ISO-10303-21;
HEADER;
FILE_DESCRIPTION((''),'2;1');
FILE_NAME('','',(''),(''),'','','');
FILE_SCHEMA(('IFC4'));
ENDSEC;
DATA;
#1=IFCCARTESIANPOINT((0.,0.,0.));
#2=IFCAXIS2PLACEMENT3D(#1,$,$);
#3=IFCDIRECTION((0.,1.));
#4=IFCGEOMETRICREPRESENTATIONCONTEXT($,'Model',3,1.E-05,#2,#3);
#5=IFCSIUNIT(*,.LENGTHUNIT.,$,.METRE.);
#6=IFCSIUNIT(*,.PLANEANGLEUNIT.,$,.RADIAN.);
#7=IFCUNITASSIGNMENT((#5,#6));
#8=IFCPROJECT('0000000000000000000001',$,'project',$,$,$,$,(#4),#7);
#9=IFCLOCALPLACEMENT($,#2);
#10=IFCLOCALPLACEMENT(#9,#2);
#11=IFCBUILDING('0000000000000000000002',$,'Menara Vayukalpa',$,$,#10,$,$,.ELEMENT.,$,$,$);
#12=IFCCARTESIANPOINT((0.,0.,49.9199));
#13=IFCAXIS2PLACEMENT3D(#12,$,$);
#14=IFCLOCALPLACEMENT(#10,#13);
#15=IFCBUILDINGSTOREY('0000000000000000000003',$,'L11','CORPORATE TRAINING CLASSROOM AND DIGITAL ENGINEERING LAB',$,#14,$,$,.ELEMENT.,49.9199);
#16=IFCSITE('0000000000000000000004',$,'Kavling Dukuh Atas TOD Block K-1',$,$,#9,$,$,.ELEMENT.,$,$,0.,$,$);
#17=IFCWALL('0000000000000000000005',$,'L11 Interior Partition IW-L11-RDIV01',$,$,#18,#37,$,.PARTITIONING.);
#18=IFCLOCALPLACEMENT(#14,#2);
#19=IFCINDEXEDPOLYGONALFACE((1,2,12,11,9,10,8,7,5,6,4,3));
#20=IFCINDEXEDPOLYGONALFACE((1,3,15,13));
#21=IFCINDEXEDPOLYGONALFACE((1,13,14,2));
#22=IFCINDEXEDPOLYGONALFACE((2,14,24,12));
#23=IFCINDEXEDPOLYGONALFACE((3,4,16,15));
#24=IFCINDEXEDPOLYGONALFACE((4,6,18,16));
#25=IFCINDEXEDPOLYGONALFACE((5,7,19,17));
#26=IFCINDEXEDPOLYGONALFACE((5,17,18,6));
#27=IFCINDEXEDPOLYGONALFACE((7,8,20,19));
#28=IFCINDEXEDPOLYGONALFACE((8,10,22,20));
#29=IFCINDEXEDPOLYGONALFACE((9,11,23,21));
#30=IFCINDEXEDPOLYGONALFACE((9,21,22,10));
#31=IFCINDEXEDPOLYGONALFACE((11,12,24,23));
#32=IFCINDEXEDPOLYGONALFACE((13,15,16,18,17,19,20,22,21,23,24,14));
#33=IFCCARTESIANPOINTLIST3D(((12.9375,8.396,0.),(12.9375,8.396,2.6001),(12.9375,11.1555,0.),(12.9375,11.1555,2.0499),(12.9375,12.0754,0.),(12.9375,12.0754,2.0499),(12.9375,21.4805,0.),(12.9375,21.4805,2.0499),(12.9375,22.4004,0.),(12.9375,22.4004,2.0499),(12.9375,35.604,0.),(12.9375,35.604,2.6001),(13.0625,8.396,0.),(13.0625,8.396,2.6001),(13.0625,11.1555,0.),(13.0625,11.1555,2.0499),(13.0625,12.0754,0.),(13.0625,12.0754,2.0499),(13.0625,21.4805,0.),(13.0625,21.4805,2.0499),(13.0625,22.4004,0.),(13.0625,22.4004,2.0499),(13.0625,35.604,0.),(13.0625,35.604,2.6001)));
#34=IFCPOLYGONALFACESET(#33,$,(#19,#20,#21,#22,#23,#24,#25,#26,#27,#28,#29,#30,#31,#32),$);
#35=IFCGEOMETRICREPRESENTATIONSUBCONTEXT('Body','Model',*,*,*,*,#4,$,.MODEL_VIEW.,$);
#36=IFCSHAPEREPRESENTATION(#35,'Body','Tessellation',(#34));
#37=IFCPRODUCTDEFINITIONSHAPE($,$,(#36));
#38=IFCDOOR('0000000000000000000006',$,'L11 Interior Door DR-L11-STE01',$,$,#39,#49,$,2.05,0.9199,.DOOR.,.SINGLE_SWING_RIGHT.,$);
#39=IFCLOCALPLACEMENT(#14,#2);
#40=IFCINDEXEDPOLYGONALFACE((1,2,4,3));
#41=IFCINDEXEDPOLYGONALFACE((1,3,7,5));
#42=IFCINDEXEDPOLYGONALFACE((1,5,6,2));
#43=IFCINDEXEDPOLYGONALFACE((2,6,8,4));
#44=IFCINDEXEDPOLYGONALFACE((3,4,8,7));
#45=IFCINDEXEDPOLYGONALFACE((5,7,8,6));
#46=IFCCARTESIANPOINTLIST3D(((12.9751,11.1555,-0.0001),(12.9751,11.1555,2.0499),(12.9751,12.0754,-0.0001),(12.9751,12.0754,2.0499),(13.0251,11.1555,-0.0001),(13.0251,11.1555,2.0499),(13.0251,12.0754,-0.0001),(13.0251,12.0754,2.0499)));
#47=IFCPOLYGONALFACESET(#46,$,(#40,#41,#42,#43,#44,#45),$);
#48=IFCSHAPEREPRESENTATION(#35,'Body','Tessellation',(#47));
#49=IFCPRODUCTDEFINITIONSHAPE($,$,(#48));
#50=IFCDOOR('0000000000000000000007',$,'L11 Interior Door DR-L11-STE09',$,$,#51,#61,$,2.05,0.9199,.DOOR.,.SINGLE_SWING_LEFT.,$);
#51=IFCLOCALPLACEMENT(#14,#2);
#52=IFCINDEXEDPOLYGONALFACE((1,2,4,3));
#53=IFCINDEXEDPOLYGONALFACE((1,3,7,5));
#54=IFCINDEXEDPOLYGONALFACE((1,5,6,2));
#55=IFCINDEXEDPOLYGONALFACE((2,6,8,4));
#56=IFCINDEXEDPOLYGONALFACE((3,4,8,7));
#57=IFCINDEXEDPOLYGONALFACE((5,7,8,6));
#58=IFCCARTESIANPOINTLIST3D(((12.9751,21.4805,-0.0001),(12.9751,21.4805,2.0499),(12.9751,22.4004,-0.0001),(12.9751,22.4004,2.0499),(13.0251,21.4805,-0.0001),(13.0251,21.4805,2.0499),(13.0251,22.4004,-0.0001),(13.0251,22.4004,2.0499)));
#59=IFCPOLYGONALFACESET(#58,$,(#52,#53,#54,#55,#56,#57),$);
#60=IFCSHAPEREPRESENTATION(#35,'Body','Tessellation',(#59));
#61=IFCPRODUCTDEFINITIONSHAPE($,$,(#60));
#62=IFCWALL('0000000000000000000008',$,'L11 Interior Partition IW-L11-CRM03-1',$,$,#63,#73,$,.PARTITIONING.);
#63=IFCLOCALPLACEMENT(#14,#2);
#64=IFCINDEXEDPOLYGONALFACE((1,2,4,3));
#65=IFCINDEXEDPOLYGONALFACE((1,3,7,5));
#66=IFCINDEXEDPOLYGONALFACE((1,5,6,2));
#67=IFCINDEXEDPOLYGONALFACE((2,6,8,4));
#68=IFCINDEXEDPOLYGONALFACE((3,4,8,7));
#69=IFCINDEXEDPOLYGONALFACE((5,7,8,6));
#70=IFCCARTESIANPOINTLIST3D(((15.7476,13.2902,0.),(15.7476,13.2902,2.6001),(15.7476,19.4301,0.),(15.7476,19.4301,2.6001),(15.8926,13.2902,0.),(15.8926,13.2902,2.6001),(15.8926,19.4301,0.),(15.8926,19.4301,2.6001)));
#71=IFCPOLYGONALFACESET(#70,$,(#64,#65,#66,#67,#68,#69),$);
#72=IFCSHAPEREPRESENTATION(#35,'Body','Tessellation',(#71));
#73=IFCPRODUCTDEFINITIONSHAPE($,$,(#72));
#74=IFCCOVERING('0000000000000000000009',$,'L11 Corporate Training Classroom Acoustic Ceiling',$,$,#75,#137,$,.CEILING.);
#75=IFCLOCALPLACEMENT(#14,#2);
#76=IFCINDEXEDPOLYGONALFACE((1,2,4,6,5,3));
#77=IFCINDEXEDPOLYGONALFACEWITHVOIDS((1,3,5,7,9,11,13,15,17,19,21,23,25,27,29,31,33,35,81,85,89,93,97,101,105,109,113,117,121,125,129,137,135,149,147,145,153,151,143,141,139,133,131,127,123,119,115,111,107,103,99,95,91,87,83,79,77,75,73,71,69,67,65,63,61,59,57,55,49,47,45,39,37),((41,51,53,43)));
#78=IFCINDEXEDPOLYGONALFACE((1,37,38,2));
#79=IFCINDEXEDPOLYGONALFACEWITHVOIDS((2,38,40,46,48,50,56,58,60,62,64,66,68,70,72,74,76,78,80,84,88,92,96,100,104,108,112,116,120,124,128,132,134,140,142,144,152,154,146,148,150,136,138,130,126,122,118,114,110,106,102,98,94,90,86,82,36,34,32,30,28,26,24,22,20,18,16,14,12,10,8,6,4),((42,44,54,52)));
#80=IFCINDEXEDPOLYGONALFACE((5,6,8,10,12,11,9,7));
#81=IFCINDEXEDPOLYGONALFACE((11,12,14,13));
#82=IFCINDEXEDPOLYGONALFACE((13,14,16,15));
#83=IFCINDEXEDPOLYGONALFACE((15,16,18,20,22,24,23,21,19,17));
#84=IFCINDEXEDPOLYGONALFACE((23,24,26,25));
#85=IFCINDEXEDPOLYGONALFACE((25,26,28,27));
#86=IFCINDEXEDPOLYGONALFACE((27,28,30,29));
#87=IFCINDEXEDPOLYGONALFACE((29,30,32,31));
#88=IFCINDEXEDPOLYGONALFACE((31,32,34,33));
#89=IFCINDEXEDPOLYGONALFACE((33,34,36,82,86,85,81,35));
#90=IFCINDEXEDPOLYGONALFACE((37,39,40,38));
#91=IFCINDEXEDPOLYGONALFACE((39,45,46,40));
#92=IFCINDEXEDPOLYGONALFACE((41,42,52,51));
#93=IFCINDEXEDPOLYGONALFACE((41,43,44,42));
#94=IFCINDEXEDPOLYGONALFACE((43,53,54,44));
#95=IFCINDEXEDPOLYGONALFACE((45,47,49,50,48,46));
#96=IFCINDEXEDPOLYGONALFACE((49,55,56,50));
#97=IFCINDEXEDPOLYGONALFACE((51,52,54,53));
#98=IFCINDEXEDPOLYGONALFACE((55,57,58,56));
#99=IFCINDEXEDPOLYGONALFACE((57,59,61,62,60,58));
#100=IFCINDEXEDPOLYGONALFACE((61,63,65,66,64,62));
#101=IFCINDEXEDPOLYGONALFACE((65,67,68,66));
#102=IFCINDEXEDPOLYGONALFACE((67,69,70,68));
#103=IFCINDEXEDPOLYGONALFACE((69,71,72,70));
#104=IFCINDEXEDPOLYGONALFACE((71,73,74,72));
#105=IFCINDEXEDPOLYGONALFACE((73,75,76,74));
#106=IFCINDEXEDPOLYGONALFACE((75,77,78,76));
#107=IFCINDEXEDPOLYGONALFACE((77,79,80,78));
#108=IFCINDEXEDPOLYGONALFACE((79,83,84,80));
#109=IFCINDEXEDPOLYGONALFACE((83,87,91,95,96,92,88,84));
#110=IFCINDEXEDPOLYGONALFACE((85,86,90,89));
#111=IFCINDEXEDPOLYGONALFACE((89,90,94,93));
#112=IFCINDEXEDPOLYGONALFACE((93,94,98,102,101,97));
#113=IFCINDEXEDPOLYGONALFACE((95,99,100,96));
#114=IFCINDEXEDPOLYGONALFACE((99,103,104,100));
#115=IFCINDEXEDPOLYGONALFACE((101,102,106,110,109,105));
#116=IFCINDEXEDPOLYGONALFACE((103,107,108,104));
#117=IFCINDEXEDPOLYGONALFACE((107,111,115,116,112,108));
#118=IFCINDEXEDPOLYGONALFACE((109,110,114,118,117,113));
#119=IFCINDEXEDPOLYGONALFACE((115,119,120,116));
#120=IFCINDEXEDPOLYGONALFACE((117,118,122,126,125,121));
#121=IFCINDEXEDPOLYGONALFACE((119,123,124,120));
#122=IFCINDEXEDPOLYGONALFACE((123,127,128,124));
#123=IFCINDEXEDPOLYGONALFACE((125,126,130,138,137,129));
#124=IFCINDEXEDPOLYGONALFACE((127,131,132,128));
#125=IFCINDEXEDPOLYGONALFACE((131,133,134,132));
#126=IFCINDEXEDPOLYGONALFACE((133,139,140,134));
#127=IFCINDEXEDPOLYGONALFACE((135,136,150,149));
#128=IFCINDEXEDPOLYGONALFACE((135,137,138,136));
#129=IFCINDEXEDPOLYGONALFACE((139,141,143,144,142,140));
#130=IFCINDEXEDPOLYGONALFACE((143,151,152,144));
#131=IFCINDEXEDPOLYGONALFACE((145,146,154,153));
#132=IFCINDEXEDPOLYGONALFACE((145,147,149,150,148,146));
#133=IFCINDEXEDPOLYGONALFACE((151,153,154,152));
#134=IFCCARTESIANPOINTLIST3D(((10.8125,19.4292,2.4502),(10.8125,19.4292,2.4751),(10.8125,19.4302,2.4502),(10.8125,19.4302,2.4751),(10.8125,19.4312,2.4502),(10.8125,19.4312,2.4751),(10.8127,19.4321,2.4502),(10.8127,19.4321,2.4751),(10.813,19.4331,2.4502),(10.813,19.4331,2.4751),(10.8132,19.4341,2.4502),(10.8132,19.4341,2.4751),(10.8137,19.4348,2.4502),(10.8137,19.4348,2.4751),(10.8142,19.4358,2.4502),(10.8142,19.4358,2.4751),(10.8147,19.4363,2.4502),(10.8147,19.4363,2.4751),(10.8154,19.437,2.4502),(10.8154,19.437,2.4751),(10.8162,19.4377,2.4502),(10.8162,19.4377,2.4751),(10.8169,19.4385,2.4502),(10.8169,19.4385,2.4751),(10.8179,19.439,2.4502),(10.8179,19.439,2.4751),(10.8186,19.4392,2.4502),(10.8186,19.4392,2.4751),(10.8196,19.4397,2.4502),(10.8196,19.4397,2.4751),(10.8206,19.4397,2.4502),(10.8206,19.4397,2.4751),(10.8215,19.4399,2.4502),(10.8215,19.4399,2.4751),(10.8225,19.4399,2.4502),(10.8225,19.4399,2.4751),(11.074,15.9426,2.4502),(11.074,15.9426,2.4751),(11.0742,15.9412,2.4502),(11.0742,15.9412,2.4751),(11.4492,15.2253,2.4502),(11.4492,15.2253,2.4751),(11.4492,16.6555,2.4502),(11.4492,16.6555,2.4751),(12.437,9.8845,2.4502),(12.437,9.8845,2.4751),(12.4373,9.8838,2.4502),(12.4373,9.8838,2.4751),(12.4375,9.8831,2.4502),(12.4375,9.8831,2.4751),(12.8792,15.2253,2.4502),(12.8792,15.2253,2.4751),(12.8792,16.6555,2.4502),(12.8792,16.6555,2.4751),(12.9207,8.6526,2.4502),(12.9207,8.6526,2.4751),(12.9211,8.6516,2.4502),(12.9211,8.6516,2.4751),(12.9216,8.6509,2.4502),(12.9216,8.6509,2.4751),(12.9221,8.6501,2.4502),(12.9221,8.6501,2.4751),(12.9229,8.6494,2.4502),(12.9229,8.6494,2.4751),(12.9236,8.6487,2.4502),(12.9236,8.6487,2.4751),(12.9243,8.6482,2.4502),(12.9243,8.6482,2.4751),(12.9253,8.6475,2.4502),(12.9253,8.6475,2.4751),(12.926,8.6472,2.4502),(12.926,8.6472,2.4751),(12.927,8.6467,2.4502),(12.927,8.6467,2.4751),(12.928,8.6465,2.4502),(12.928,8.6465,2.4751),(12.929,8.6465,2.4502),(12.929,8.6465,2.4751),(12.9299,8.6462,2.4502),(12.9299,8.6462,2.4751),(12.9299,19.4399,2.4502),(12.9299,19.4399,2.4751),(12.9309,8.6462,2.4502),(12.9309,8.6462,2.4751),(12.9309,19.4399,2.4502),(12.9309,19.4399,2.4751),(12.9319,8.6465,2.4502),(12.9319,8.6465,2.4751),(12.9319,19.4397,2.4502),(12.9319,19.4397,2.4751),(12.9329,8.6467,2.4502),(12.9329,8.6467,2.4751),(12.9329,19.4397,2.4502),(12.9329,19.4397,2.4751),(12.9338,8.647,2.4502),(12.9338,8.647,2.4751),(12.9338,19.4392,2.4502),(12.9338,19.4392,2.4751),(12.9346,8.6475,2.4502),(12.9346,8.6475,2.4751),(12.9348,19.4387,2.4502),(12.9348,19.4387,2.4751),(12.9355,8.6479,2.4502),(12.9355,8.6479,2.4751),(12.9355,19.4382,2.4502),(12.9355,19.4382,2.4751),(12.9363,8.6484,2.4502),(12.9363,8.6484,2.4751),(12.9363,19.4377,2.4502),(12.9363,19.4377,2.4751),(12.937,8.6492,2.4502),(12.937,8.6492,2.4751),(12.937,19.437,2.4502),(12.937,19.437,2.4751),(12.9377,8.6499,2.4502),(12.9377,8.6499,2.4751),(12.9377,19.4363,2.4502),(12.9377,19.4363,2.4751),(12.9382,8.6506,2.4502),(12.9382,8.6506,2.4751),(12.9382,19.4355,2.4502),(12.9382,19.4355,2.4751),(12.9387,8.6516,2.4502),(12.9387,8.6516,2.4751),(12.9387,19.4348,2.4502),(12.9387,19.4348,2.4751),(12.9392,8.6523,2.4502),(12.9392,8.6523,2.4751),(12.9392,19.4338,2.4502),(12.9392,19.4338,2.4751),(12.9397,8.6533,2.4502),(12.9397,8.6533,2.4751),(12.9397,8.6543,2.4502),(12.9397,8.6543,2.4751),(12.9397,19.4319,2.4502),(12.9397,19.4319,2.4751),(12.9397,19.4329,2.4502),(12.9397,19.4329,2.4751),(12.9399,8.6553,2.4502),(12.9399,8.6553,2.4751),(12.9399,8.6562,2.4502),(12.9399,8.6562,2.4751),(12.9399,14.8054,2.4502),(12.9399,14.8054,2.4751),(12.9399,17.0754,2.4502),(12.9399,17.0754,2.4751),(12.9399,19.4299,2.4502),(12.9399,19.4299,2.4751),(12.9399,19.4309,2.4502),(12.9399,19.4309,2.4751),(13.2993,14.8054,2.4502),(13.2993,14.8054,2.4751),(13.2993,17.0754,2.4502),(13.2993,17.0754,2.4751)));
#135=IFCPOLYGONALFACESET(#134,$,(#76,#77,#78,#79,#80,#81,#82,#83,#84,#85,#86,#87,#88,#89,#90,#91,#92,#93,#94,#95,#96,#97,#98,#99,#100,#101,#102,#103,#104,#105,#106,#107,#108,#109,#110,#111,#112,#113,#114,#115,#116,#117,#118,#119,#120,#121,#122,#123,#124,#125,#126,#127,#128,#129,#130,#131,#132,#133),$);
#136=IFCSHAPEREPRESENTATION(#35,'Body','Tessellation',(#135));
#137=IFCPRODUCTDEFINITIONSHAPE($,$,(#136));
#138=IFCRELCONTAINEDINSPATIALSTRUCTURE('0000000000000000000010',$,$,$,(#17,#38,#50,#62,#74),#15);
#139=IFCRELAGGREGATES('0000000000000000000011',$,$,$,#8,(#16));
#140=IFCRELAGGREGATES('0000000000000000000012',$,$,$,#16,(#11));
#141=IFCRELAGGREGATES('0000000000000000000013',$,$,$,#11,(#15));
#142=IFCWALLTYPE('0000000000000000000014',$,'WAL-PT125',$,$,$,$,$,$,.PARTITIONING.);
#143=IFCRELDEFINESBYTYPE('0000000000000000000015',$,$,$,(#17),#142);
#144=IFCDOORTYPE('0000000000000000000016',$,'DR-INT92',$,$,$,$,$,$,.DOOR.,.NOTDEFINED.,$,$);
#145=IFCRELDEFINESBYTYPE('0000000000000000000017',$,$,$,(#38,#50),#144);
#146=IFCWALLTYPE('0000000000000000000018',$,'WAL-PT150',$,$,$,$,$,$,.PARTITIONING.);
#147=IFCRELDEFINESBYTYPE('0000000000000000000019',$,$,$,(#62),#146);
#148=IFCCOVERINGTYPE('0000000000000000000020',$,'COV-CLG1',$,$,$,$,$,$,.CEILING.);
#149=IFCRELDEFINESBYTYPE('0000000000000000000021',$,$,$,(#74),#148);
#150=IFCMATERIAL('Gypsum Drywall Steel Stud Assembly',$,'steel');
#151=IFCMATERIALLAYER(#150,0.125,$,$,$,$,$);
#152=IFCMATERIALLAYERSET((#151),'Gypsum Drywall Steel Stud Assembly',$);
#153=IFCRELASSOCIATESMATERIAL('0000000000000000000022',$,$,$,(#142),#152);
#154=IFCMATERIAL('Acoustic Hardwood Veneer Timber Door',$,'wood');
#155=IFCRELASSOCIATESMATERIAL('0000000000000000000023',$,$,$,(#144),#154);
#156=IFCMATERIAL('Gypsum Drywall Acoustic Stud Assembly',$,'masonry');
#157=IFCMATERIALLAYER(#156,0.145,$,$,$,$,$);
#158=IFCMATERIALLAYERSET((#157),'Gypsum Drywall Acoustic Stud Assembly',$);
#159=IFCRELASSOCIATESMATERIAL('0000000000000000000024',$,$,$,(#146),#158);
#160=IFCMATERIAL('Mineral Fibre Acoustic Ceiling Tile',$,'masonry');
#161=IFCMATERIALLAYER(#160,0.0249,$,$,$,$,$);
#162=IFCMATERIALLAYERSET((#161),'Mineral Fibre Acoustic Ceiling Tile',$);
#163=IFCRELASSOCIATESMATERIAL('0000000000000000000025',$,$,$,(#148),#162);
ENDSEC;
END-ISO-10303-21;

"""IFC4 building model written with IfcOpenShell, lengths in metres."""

from ifc_helpers import new_model, si_unit, direction, frame, frame_2d, origin, place, context, subcontext, project, spatial, polyline, rectangle, outline, extrude, material, layer, layer_set, type_object, element, fill, save


model = new_model("IFC4")

# Units and contexts
model_context = context("Model", 3, precision=1e-05, world=origin(), true_north=direction((0.0, 1.0)))
body_context = subcontext(model_context, "Body", "Model", "MODEL_VIEW")
ifc_project = project(units=[si_unit("LENGTHUNIT", "METRE"), si_unit("PLANEANGLEUNIT", "RADIAN")], contexts=[model_context])

# Site, building, storey
site_placement = place(None, origin())
site = spatial("IfcSite", under=ifc_project, at=site_placement, Name="Kavling Dukuh Atas TOD Block K-1", CompositionType="ELEMENT", RefElevation=0.0)
building_placement = place(site_placement, origin())
building = spatial("IfcBuilding", under=site, at=building_placement, Name="Menara Vayukalpa", CompositionType="ELEMENT")
storey_placement = place(building_placement, frame((0.0, 0.0, 49.9199)))
storey = spatial("IfcBuildingStorey", under=building, at=storey_placement, Name="L11", Description="CORPORATE TRAINING CLASSROOM AND DIGITAL ENGINEERING LAB", CompositionType="ELEMENT", Elevation=49.9199)

# Wall, openings, doors
ifc_material_1 = material(Name="Gypsum Drywall Steel Stud Assembly", Category="steel")
ifc_layer_1 = layer(ifc_material_1, 0.125)
ifc_layer_set_1 = layer_set([ifc_layer_1], Name="Gypsum Drywall Steel Stud Assembly")
wall_type_1 = type_object("IfcWallType", Name="WAL-PT125", PredefinedType="PARTITIONING", material=ifc_layer_set_1)
wall_1_placement = place(storey_placement, frame((13.0, 8.396, 0.0), z_axis=(0.0, 0.0, 1.0), x_axis=(0.0, 1.0, 0.0)))
wall_1 = element("IfcWall", 1, at=wall_1_placement, inside=storey, type_object=wall_type_1, Name="L11 Interior Partition IW-L11-RDIV01", PredefinedType="PARTITIONING", context=body_context, shape_type="SweptSolid", body=[
    extrude(rectangle(XDim=27.208, YDim=0.125, at=frame_2d((13.604, 0.0))), origin(), (0.0, 0.0, 1.0), 2.6001),
])
opening_1_placement = place(wall_1_placement, frame((2.7595, 0.0, 0.0)))
opening_1 = element("IfcOpeningElement", 2, at=opening_1_placement, cuts=wall_1, PredefinedType="OPENING", context=body_context, shape_type="SweptSolid", body=[
    extrude(rectangle(XDim=0.9199, YDim=2.05, at=frame_2d((0.46, 1.0249))), frame((0.0, 0.0725, 0.0), z_axis=(0.0, -1.0, 0.0), x_axis=(1.0, 0.0, 0.0)), (0.0, 0.0, 1.0), 0.145),
])
opening_2_placement = place(wall_1_placement, frame((13.0845, 0.0, 0.0)))
opening_2 = element("IfcOpeningElement", 3, at=opening_2_placement, cuts=wall_1, PredefinedType="OPENING", context=body_context, shape_type="SweptSolid", body=[
    extrude(rectangle(XDim=0.9199, YDim=2.05, at=frame_2d((0.46, 1.0249))), frame((0.0, 0.0725, 0.0), z_axis=(0.0, -1.0, 0.0), x_axis=(1.0, 0.0, 0.0)), (0.0, 0.0, 1.0), 0.145),
])
ifc_material_2 = material(Name="Acoustic Hardwood Veneer Timber Door", Category="wood")
door_type = type_object("IfcDoorType", Name="DR-INT92", OperationType="NOTDEFINED", PredefinedType="DOOR", material=ifc_material_2)
door_1_placement = place(opening_1_placement, origin())
door_1 = element("IfcDoor", 4, at=door_1_placement, inside=storey, type_object=door_type, Name="L11 Interior Door DR-L11-STE01", OperationType="SINGLE_SWING_RIGHT", OverallHeight=2.05, OverallWidth=0.9199, PredefinedType="DOOR", context=body_context, shape_type="SweptSolid", body=[
    extrude(rectangle(XDim=0.9199, YDim=2.05, at=frame_2d((0.46, 1.0249))), frame((0.0, 0.0249, 0.0), z_axis=(0.0, -1.0, 0.0), x_axis=(1.0, 0.0, 0.0)), (0.0, 0.0, 1.0), 0.05),
])
fill(opening_1, door_1)
door_2_placement = place(opening_2_placement, origin())
door_2 = element("IfcDoor", 5, at=door_2_placement, inside=storey, type_object=door_type, Name="L11 Interior Door DR-L11-STE09", OperationType="SINGLE_SWING_LEFT", OverallHeight=2.05, OverallWidth=0.9199, PredefinedType="DOOR", context=body_context, shape_type="SweptSolid", body=[
    extrude(rectangle(XDim=0.9199, YDim=2.05, at=frame_2d((0.46, 1.0249))), frame((0.0, 0.0249, 0.0), z_axis=(0.0, -1.0, 0.0), x_axis=(1.0, 0.0, 0.0)), (0.0, 0.0, 1.0), 0.05),
])
fill(opening_2, door_2)

# Wall
ifc_material_3 = material(Name="Gypsum Drywall Acoustic Stud Assembly", Category="masonry")
ifc_layer_2 = layer(ifc_material_3, 0.145)
ifc_layer_set_2 = layer_set([ifc_layer_2], Name="Gypsum Drywall Acoustic Stud Assembly")
wall_type_2 = type_object("IfcWallType", Name="WAL-PT150", PredefinedType="PARTITIONING", material=ifc_layer_set_2)
wall_2_placement = place(storey_placement, frame((15.8201, 19.4299, 0.0), z_axis=(0.0, 0.0, 1.0), x_axis=(0.0, -1.0, 0.0)))
element("IfcWall", 6, at=wall_2_placement, inside=storey, type_object=wall_type_2, Name="L11 Interior Partition IW-L11-CRM03-1", PredefinedType="PARTITIONING", context=body_context, shape_type="SweptSolid", body=[
    extrude(rectangle(XDim=6.1399, YDim=0.145, at=frame_2d((3.0698, 0.0))), origin(), (0.0, 0.0, 1.0), 2.6001),
])

# Covering
ifc_material_4 = material(Name="Mineral Fibre Acoustic Ceiling Tile", Category="masonry")
ifc_layer_3 = layer(ifc_material_4, 0.0249)
ifc_layer_set_3 = layer_set([ifc_layer_3], Name="Mineral Fibre Acoustic Ceiling Tile")
covering_type_1 = type_object("IfcCoveringType", Name="COV-CLG1", PredefinedType="CEILING", material=ifc_layer_set_3)
covering_1_placement = place(storey_placement, frame((0.0, 0.0, 2.4502)))
element("IfcCovering", 7, at=covering_1_placement, inside=storey, type_object=covering_type_1, Name="L11 Corporate Training Classroom Acoustic Ceiling", PredefinedType="CEILING", context=body_context, shape_type="SweptSolid", body=[
    extrude(outline(polyline([(12.437, 9.8845), (11.0742, 15.9412), (11.074, 15.9426), (10.8125, 19.4292), (10.8125, 19.4302), (10.8125, 19.4312), (10.8127, 19.4321), (10.813, 19.4331), (10.8132, 19.4341), (10.8137, 19.4348), (10.8142, 19.4358), (10.8147, 19.4363), (10.8154, 19.437), (10.8162, 19.4377), (10.8169, 19.4385), (10.8179, 19.439), (10.8186, 19.4392), (10.8196, 19.4397), (10.8206, 19.4397), (10.8215, 19.4399), (10.8225, 19.4399), (12.9299, 19.4399), (12.9309, 19.4399), (12.9319, 19.4397), (12.9329, 19.4397), (12.9338, 19.4392), (12.9348, 19.4387), (12.9355, 19.4382), (12.9363, 19.4377), (12.937, 19.437), (12.9377, 19.4363), (12.9382, 19.4355), (12.9387, 19.4348), (12.9392, 19.4338), (12.9397, 19.4329), (12.9397, 19.4319), (12.9399, 19.4309), (12.9399, 19.4299), (12.9399, 17.0754), (13.2993, 17.0754), (13.2993, 14.8054), (12.9399, 14.8054), (12.9399, 8.6562), (12.9399, 8.6553), (12.9397, 8.6543), (12.9397, 8.6533), (12.9392, 8.6523), (12.9387, 8.6516), (12.9382, 8.6506), (12.9377, 8.6499), (12.937, 8.6492), (12.9363, 8.6484), (12.9355, 8.6479), (12.9346, 8.6475), (12.9338, 8.647), (12.9329, 8.6467), (12.9319, 8.6465), (12.9309, 8.6462), (12.9299, 8.6462), (12.929, 8.6465), (12.928, 8.6465), (12.927, 8.6467), (12.926, 8.6472), (12.9253, 8.6475), (12.9243, 8.6482), (12.9236, 8.6487), (12.9229, 8.6494), (12.9221, 8.6501), (12.9216, 8.6509), (12.9211, 8.6516), (12.9207, 8.6526), (12.4375, 9.8831), (12.4373, 9.8838), (12.437, 9.8845)]), holes=[polyline([(12.8792, 16.6555), (11.4492, 16.6555), (11.4492, 15.2253), (12.8792, 15.2253), (12.8792, 16.6555)])]), origin(), (0.0, 0.0, 1.0), 0.0249),
])

save(model, "model.ifc")
